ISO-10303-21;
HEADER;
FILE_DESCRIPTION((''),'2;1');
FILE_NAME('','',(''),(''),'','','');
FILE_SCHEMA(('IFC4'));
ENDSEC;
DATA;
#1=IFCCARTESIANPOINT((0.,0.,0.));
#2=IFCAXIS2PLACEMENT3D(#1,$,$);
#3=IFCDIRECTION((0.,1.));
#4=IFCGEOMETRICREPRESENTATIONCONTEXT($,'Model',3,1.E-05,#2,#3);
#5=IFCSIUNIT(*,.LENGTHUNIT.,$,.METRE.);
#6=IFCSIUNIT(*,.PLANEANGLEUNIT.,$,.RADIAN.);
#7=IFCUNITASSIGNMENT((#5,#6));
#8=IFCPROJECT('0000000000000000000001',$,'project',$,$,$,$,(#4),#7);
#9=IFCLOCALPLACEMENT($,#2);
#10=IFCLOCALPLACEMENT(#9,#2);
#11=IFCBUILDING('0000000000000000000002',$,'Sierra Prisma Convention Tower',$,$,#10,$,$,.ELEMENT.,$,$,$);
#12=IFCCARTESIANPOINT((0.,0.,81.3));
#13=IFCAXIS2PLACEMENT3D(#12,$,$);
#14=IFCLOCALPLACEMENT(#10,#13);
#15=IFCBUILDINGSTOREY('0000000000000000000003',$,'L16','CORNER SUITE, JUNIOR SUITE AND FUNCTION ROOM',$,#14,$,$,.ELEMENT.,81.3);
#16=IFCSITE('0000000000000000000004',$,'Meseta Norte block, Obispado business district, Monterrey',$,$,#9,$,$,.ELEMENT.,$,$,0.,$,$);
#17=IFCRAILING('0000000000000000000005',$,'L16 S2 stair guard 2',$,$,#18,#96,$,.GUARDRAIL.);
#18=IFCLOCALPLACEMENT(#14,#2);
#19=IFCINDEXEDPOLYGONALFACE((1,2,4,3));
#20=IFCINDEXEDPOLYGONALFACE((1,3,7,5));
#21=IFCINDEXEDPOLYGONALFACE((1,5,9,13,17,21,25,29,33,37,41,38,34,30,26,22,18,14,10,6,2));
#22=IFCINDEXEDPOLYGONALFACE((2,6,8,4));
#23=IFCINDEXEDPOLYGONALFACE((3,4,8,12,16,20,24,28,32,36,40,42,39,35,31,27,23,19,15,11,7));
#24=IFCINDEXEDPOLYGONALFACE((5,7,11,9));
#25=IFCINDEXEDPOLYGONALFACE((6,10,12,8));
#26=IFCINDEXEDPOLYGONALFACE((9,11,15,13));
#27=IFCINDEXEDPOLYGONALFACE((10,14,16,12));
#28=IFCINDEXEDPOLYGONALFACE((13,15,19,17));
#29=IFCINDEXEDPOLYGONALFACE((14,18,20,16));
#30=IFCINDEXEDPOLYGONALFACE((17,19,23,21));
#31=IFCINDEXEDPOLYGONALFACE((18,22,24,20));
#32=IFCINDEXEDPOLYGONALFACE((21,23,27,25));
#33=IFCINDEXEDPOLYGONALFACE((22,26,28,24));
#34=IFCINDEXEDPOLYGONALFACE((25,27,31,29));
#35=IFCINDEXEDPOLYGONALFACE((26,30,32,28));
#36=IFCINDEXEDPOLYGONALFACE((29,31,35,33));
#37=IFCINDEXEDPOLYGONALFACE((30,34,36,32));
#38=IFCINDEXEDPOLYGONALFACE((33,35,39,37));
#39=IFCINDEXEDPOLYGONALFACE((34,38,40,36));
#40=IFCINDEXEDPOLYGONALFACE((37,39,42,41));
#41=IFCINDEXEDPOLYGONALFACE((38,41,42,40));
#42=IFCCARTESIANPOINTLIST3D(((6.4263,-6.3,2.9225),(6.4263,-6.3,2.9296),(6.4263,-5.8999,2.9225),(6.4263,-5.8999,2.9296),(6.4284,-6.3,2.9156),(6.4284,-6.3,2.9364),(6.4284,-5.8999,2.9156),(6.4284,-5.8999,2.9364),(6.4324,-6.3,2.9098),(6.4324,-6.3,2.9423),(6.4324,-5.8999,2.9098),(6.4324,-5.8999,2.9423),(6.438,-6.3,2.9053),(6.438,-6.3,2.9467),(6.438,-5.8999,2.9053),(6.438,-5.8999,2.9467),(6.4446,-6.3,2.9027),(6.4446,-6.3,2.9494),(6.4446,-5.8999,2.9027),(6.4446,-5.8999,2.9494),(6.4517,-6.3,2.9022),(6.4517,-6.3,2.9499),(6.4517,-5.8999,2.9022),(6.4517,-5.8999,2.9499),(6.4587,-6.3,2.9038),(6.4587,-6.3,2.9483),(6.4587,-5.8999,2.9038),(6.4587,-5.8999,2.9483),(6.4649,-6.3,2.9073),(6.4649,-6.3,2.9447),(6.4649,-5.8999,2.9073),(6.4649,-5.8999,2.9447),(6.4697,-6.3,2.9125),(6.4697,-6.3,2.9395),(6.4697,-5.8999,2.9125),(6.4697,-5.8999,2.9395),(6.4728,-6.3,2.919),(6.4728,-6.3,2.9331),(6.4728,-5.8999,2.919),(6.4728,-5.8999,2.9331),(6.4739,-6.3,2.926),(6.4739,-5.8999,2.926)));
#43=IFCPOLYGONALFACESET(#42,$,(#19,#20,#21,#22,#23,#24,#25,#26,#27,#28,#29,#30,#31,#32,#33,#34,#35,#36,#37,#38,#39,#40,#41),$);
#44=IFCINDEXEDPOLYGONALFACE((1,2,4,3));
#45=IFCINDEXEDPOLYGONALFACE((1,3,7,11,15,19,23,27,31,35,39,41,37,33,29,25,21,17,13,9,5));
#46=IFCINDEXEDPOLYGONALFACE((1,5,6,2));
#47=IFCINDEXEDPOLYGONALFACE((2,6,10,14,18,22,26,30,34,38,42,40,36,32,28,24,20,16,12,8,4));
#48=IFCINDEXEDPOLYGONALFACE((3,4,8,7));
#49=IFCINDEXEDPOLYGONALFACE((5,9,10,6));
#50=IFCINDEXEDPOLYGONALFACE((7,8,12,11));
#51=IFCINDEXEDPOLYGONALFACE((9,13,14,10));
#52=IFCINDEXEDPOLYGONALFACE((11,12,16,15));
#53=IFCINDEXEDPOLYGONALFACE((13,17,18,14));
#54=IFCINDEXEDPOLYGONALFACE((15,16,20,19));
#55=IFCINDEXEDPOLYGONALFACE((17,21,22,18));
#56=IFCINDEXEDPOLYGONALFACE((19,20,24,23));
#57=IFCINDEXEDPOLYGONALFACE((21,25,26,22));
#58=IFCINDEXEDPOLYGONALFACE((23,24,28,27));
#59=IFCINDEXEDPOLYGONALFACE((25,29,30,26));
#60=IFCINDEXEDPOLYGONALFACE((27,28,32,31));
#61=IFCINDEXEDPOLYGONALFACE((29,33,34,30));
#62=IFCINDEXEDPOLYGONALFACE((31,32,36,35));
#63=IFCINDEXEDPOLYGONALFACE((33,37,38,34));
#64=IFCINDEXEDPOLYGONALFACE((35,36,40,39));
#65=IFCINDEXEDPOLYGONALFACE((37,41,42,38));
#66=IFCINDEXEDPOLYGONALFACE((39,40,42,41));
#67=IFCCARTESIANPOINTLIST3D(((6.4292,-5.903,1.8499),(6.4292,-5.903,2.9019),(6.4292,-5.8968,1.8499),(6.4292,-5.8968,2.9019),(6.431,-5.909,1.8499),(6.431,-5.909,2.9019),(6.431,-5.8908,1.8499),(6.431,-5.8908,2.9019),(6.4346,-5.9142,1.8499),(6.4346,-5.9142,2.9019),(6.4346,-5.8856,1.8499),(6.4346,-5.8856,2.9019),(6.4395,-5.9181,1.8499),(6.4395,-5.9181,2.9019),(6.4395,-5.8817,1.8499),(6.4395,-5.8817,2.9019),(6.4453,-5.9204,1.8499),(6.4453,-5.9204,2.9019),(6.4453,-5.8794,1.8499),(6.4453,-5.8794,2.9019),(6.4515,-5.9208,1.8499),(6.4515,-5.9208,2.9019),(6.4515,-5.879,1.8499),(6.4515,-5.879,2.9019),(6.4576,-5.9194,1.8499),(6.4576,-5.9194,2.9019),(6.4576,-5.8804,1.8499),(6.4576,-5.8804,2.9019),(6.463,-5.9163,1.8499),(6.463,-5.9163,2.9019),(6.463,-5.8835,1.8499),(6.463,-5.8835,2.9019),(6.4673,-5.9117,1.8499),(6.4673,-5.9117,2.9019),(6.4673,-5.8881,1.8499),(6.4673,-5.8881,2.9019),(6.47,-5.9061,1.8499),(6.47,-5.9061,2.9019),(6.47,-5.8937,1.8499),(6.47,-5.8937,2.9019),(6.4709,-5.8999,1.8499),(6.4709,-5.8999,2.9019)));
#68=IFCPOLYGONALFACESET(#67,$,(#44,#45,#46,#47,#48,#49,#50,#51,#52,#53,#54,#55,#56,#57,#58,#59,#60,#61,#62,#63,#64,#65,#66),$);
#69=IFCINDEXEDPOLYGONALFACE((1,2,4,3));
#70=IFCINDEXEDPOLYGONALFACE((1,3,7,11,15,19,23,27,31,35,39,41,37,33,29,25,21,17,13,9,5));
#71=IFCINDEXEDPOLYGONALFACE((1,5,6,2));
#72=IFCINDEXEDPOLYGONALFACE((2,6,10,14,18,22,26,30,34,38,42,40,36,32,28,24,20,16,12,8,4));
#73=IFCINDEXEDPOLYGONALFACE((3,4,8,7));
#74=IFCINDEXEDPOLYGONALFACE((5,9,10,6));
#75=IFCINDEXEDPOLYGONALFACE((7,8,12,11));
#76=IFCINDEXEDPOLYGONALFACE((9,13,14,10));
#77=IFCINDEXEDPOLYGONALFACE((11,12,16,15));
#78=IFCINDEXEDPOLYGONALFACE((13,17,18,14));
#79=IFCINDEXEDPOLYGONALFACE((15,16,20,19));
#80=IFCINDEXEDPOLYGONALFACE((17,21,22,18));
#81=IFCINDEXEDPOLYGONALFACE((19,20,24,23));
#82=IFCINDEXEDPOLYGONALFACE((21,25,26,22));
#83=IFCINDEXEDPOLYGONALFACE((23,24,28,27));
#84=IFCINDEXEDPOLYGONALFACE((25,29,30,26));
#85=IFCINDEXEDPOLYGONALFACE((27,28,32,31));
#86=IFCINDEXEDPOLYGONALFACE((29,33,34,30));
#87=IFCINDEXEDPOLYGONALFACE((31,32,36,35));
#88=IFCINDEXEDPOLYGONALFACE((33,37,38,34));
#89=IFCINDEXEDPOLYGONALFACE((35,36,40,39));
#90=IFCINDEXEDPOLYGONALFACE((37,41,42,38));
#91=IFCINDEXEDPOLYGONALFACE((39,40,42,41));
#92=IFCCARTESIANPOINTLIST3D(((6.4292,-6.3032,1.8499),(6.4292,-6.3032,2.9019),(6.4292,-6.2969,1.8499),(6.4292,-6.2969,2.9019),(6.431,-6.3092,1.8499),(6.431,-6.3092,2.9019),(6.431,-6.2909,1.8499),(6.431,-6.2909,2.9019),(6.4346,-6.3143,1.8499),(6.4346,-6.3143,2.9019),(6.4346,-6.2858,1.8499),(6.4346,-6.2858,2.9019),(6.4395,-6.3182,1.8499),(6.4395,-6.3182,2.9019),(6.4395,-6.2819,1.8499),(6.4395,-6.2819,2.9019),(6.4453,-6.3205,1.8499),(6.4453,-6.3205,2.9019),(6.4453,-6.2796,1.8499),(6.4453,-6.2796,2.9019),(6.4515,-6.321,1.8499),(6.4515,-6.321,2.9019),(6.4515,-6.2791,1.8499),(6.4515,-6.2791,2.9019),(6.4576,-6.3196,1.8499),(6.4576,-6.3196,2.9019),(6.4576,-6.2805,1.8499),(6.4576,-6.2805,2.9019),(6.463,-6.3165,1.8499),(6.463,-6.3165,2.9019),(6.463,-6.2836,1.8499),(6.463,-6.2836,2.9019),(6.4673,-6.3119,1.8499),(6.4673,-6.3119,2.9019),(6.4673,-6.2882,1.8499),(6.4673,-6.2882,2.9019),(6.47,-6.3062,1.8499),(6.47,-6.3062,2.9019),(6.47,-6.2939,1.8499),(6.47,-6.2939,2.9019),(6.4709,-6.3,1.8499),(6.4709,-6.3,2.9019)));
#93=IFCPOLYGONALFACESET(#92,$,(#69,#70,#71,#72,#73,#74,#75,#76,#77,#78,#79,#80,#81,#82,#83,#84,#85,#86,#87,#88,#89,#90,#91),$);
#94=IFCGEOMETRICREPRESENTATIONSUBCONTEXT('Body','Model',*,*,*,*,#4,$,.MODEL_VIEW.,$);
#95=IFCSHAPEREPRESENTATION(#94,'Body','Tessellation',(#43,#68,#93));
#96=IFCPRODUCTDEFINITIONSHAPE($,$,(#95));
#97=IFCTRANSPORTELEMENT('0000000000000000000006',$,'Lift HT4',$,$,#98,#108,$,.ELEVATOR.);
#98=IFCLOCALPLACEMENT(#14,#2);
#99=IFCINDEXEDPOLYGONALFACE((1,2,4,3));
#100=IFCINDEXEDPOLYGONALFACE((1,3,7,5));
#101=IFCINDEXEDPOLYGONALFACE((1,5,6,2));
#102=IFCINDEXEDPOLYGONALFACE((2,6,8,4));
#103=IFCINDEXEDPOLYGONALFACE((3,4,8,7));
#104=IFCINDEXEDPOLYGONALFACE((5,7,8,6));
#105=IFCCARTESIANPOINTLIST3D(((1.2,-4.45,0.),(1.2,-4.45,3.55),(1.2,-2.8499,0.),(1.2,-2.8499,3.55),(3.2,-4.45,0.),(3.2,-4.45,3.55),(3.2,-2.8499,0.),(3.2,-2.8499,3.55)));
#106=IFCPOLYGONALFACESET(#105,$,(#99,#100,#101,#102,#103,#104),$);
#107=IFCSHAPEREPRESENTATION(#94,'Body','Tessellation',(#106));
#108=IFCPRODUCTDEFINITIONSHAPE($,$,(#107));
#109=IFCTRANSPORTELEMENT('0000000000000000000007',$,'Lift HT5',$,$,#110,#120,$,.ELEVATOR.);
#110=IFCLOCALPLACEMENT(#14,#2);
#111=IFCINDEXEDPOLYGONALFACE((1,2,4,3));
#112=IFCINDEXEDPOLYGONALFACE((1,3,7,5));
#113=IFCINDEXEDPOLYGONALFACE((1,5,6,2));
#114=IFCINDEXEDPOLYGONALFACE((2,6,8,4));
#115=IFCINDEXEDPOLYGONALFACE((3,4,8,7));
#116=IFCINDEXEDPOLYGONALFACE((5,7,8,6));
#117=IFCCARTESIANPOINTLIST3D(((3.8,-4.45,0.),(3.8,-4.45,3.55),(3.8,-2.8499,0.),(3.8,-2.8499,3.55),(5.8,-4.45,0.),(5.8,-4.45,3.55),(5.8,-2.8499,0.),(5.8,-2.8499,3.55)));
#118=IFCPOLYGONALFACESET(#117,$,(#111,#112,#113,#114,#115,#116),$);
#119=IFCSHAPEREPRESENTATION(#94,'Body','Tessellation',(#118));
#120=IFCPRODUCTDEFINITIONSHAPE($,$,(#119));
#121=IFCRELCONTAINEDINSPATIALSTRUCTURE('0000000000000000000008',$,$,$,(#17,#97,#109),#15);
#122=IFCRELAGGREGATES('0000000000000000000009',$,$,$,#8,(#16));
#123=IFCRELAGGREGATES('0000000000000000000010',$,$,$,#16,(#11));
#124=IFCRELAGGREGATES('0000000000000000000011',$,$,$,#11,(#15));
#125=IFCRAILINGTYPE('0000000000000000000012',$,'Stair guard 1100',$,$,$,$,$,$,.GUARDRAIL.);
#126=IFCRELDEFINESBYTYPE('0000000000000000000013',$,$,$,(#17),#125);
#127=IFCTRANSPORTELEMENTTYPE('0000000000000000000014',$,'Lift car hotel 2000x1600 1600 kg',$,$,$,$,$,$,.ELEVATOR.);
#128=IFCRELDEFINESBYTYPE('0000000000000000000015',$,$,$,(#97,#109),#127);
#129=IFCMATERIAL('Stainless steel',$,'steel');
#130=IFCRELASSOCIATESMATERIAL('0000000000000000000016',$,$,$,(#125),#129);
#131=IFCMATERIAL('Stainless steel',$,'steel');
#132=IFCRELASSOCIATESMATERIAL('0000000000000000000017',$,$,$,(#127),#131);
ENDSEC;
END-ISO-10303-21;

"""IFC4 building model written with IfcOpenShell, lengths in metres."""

from ifc_helpers import new_model, si_unit, direction, frame, origin, origin_2d, place, context, subcontext, project, spatial, rectangle, circle, extrude, material, type_object, element, save


model = new_model("IFC4")

# Units and contexts
model_context = context("Model", 3, precision=1e-05, world=origin(), true_north=direction((0.0, 1.0)))
body_context = subcontext(model_context, "Body", "Model", "MODEL_VIEW")
ifc_project = project(units=[si_unit("LENGTHUNIT", "METRE"), si_unit("PLANEANGLEUNIT", "RADIAN")], contexts=[model_context])

# Site, building, storey
site_placement = place(None, origin())
site = spatial("IfcSite", under=ifc_project, at=site_placement, Name="Meseta Norte block, Obispado business district, Monterrey", CompositionType="ELEMENT", RefElevation=0.0)
building_placement = place(site_placement, origin())
building = spatial("IfcBuilding", under=site, at=building_placement, Name="Sierra Prisma Convention Tower", CompositionType="ELEMENT")
storey_placement = place(building_placement, frame((0.0, 0.0, 81.3)))
storey = spatial("IfcBuildingStorey", under=building, at=storey_placement, Name="L16", Description="CORNER SUITE, JUNIOR SUITE AND FUNCTION ROOM", CompositionType="ELEMENT", Elevation=81.3)

# Railing
ifc_material_1 = material(Name="Stainless steel", Category="steel")
railing_type = type_object("IfcRailingType", Name="Stair guard 1100", PredefinedType="GUARDRAIL", material=ifc_material_1)
railing_placement = place(storey_placement, frame((6.45, -5.8999, 1.8499)))
element("IfcRailing", 1, at=railing_placement, inside=storey, type_object=railing_type, Name="L16 S2 stair guard 2", PredefinedType="GUARDRAIL", context=body_context, shape_type="SweptSolid", body=[
    extrude(circle(Radius=0.0239, at=origin_2d()), frame((0.0, 0.0, 1.0762), z_axis=(0.0, -1.0, 0.0), x_axis=(1.0, 0.0, 0.0)), (0.0, 0.0, 1.0), 0.4001),
    extrude(circle(Radius=0.021, at=origin_2d()), origin(), (0.0, 0.0, 1.0), 1.052),
    extrude(circle(Radius=0.021, at=origin_2d()), frame((0.0, -0.4001, 0.0)), (0.0, 0.0, 1.0), 1.052),
])

# Transport elements
ifc_material_2 = material(Name="Stainless steel", Category="steel")
transport_element_type = type_object("IfcTransportElementType", Name="Lift car hotel 2000x1600 1600 kg", PredefinedType="ELEVATOR", material=ifc_material_2)
for number, where, z_axis, x_axis, name in (
    (2, (2.2, -3.6499, 0.0), (0.0, 0.0, 1.0), (1.0, 0.0, 0.0), "Lift HT4"),
    (3, (4.8, -3.6499, 0.0), (0.0, 0.0, 1.0), (1.0, 0.0, 0.0), "Lift HT5"),
):
    element("IfcTransportElement", number, at=place(storey_placement, frame(where, z_axis=z_axis, x_axis=x_axis)), inside=storey, type_object=transport_element_type, Name=name, PredefinedType="ELEVATOR", context=body_context, shape_type="SweptSolid", body=[
        extrude(rectangle(XDim=2.0, YDim=1.6001, at=origin_2d()), origin(), (0.0, 0.0, 1.0), 3.55),
    ])

save(model, "model.ifc")
